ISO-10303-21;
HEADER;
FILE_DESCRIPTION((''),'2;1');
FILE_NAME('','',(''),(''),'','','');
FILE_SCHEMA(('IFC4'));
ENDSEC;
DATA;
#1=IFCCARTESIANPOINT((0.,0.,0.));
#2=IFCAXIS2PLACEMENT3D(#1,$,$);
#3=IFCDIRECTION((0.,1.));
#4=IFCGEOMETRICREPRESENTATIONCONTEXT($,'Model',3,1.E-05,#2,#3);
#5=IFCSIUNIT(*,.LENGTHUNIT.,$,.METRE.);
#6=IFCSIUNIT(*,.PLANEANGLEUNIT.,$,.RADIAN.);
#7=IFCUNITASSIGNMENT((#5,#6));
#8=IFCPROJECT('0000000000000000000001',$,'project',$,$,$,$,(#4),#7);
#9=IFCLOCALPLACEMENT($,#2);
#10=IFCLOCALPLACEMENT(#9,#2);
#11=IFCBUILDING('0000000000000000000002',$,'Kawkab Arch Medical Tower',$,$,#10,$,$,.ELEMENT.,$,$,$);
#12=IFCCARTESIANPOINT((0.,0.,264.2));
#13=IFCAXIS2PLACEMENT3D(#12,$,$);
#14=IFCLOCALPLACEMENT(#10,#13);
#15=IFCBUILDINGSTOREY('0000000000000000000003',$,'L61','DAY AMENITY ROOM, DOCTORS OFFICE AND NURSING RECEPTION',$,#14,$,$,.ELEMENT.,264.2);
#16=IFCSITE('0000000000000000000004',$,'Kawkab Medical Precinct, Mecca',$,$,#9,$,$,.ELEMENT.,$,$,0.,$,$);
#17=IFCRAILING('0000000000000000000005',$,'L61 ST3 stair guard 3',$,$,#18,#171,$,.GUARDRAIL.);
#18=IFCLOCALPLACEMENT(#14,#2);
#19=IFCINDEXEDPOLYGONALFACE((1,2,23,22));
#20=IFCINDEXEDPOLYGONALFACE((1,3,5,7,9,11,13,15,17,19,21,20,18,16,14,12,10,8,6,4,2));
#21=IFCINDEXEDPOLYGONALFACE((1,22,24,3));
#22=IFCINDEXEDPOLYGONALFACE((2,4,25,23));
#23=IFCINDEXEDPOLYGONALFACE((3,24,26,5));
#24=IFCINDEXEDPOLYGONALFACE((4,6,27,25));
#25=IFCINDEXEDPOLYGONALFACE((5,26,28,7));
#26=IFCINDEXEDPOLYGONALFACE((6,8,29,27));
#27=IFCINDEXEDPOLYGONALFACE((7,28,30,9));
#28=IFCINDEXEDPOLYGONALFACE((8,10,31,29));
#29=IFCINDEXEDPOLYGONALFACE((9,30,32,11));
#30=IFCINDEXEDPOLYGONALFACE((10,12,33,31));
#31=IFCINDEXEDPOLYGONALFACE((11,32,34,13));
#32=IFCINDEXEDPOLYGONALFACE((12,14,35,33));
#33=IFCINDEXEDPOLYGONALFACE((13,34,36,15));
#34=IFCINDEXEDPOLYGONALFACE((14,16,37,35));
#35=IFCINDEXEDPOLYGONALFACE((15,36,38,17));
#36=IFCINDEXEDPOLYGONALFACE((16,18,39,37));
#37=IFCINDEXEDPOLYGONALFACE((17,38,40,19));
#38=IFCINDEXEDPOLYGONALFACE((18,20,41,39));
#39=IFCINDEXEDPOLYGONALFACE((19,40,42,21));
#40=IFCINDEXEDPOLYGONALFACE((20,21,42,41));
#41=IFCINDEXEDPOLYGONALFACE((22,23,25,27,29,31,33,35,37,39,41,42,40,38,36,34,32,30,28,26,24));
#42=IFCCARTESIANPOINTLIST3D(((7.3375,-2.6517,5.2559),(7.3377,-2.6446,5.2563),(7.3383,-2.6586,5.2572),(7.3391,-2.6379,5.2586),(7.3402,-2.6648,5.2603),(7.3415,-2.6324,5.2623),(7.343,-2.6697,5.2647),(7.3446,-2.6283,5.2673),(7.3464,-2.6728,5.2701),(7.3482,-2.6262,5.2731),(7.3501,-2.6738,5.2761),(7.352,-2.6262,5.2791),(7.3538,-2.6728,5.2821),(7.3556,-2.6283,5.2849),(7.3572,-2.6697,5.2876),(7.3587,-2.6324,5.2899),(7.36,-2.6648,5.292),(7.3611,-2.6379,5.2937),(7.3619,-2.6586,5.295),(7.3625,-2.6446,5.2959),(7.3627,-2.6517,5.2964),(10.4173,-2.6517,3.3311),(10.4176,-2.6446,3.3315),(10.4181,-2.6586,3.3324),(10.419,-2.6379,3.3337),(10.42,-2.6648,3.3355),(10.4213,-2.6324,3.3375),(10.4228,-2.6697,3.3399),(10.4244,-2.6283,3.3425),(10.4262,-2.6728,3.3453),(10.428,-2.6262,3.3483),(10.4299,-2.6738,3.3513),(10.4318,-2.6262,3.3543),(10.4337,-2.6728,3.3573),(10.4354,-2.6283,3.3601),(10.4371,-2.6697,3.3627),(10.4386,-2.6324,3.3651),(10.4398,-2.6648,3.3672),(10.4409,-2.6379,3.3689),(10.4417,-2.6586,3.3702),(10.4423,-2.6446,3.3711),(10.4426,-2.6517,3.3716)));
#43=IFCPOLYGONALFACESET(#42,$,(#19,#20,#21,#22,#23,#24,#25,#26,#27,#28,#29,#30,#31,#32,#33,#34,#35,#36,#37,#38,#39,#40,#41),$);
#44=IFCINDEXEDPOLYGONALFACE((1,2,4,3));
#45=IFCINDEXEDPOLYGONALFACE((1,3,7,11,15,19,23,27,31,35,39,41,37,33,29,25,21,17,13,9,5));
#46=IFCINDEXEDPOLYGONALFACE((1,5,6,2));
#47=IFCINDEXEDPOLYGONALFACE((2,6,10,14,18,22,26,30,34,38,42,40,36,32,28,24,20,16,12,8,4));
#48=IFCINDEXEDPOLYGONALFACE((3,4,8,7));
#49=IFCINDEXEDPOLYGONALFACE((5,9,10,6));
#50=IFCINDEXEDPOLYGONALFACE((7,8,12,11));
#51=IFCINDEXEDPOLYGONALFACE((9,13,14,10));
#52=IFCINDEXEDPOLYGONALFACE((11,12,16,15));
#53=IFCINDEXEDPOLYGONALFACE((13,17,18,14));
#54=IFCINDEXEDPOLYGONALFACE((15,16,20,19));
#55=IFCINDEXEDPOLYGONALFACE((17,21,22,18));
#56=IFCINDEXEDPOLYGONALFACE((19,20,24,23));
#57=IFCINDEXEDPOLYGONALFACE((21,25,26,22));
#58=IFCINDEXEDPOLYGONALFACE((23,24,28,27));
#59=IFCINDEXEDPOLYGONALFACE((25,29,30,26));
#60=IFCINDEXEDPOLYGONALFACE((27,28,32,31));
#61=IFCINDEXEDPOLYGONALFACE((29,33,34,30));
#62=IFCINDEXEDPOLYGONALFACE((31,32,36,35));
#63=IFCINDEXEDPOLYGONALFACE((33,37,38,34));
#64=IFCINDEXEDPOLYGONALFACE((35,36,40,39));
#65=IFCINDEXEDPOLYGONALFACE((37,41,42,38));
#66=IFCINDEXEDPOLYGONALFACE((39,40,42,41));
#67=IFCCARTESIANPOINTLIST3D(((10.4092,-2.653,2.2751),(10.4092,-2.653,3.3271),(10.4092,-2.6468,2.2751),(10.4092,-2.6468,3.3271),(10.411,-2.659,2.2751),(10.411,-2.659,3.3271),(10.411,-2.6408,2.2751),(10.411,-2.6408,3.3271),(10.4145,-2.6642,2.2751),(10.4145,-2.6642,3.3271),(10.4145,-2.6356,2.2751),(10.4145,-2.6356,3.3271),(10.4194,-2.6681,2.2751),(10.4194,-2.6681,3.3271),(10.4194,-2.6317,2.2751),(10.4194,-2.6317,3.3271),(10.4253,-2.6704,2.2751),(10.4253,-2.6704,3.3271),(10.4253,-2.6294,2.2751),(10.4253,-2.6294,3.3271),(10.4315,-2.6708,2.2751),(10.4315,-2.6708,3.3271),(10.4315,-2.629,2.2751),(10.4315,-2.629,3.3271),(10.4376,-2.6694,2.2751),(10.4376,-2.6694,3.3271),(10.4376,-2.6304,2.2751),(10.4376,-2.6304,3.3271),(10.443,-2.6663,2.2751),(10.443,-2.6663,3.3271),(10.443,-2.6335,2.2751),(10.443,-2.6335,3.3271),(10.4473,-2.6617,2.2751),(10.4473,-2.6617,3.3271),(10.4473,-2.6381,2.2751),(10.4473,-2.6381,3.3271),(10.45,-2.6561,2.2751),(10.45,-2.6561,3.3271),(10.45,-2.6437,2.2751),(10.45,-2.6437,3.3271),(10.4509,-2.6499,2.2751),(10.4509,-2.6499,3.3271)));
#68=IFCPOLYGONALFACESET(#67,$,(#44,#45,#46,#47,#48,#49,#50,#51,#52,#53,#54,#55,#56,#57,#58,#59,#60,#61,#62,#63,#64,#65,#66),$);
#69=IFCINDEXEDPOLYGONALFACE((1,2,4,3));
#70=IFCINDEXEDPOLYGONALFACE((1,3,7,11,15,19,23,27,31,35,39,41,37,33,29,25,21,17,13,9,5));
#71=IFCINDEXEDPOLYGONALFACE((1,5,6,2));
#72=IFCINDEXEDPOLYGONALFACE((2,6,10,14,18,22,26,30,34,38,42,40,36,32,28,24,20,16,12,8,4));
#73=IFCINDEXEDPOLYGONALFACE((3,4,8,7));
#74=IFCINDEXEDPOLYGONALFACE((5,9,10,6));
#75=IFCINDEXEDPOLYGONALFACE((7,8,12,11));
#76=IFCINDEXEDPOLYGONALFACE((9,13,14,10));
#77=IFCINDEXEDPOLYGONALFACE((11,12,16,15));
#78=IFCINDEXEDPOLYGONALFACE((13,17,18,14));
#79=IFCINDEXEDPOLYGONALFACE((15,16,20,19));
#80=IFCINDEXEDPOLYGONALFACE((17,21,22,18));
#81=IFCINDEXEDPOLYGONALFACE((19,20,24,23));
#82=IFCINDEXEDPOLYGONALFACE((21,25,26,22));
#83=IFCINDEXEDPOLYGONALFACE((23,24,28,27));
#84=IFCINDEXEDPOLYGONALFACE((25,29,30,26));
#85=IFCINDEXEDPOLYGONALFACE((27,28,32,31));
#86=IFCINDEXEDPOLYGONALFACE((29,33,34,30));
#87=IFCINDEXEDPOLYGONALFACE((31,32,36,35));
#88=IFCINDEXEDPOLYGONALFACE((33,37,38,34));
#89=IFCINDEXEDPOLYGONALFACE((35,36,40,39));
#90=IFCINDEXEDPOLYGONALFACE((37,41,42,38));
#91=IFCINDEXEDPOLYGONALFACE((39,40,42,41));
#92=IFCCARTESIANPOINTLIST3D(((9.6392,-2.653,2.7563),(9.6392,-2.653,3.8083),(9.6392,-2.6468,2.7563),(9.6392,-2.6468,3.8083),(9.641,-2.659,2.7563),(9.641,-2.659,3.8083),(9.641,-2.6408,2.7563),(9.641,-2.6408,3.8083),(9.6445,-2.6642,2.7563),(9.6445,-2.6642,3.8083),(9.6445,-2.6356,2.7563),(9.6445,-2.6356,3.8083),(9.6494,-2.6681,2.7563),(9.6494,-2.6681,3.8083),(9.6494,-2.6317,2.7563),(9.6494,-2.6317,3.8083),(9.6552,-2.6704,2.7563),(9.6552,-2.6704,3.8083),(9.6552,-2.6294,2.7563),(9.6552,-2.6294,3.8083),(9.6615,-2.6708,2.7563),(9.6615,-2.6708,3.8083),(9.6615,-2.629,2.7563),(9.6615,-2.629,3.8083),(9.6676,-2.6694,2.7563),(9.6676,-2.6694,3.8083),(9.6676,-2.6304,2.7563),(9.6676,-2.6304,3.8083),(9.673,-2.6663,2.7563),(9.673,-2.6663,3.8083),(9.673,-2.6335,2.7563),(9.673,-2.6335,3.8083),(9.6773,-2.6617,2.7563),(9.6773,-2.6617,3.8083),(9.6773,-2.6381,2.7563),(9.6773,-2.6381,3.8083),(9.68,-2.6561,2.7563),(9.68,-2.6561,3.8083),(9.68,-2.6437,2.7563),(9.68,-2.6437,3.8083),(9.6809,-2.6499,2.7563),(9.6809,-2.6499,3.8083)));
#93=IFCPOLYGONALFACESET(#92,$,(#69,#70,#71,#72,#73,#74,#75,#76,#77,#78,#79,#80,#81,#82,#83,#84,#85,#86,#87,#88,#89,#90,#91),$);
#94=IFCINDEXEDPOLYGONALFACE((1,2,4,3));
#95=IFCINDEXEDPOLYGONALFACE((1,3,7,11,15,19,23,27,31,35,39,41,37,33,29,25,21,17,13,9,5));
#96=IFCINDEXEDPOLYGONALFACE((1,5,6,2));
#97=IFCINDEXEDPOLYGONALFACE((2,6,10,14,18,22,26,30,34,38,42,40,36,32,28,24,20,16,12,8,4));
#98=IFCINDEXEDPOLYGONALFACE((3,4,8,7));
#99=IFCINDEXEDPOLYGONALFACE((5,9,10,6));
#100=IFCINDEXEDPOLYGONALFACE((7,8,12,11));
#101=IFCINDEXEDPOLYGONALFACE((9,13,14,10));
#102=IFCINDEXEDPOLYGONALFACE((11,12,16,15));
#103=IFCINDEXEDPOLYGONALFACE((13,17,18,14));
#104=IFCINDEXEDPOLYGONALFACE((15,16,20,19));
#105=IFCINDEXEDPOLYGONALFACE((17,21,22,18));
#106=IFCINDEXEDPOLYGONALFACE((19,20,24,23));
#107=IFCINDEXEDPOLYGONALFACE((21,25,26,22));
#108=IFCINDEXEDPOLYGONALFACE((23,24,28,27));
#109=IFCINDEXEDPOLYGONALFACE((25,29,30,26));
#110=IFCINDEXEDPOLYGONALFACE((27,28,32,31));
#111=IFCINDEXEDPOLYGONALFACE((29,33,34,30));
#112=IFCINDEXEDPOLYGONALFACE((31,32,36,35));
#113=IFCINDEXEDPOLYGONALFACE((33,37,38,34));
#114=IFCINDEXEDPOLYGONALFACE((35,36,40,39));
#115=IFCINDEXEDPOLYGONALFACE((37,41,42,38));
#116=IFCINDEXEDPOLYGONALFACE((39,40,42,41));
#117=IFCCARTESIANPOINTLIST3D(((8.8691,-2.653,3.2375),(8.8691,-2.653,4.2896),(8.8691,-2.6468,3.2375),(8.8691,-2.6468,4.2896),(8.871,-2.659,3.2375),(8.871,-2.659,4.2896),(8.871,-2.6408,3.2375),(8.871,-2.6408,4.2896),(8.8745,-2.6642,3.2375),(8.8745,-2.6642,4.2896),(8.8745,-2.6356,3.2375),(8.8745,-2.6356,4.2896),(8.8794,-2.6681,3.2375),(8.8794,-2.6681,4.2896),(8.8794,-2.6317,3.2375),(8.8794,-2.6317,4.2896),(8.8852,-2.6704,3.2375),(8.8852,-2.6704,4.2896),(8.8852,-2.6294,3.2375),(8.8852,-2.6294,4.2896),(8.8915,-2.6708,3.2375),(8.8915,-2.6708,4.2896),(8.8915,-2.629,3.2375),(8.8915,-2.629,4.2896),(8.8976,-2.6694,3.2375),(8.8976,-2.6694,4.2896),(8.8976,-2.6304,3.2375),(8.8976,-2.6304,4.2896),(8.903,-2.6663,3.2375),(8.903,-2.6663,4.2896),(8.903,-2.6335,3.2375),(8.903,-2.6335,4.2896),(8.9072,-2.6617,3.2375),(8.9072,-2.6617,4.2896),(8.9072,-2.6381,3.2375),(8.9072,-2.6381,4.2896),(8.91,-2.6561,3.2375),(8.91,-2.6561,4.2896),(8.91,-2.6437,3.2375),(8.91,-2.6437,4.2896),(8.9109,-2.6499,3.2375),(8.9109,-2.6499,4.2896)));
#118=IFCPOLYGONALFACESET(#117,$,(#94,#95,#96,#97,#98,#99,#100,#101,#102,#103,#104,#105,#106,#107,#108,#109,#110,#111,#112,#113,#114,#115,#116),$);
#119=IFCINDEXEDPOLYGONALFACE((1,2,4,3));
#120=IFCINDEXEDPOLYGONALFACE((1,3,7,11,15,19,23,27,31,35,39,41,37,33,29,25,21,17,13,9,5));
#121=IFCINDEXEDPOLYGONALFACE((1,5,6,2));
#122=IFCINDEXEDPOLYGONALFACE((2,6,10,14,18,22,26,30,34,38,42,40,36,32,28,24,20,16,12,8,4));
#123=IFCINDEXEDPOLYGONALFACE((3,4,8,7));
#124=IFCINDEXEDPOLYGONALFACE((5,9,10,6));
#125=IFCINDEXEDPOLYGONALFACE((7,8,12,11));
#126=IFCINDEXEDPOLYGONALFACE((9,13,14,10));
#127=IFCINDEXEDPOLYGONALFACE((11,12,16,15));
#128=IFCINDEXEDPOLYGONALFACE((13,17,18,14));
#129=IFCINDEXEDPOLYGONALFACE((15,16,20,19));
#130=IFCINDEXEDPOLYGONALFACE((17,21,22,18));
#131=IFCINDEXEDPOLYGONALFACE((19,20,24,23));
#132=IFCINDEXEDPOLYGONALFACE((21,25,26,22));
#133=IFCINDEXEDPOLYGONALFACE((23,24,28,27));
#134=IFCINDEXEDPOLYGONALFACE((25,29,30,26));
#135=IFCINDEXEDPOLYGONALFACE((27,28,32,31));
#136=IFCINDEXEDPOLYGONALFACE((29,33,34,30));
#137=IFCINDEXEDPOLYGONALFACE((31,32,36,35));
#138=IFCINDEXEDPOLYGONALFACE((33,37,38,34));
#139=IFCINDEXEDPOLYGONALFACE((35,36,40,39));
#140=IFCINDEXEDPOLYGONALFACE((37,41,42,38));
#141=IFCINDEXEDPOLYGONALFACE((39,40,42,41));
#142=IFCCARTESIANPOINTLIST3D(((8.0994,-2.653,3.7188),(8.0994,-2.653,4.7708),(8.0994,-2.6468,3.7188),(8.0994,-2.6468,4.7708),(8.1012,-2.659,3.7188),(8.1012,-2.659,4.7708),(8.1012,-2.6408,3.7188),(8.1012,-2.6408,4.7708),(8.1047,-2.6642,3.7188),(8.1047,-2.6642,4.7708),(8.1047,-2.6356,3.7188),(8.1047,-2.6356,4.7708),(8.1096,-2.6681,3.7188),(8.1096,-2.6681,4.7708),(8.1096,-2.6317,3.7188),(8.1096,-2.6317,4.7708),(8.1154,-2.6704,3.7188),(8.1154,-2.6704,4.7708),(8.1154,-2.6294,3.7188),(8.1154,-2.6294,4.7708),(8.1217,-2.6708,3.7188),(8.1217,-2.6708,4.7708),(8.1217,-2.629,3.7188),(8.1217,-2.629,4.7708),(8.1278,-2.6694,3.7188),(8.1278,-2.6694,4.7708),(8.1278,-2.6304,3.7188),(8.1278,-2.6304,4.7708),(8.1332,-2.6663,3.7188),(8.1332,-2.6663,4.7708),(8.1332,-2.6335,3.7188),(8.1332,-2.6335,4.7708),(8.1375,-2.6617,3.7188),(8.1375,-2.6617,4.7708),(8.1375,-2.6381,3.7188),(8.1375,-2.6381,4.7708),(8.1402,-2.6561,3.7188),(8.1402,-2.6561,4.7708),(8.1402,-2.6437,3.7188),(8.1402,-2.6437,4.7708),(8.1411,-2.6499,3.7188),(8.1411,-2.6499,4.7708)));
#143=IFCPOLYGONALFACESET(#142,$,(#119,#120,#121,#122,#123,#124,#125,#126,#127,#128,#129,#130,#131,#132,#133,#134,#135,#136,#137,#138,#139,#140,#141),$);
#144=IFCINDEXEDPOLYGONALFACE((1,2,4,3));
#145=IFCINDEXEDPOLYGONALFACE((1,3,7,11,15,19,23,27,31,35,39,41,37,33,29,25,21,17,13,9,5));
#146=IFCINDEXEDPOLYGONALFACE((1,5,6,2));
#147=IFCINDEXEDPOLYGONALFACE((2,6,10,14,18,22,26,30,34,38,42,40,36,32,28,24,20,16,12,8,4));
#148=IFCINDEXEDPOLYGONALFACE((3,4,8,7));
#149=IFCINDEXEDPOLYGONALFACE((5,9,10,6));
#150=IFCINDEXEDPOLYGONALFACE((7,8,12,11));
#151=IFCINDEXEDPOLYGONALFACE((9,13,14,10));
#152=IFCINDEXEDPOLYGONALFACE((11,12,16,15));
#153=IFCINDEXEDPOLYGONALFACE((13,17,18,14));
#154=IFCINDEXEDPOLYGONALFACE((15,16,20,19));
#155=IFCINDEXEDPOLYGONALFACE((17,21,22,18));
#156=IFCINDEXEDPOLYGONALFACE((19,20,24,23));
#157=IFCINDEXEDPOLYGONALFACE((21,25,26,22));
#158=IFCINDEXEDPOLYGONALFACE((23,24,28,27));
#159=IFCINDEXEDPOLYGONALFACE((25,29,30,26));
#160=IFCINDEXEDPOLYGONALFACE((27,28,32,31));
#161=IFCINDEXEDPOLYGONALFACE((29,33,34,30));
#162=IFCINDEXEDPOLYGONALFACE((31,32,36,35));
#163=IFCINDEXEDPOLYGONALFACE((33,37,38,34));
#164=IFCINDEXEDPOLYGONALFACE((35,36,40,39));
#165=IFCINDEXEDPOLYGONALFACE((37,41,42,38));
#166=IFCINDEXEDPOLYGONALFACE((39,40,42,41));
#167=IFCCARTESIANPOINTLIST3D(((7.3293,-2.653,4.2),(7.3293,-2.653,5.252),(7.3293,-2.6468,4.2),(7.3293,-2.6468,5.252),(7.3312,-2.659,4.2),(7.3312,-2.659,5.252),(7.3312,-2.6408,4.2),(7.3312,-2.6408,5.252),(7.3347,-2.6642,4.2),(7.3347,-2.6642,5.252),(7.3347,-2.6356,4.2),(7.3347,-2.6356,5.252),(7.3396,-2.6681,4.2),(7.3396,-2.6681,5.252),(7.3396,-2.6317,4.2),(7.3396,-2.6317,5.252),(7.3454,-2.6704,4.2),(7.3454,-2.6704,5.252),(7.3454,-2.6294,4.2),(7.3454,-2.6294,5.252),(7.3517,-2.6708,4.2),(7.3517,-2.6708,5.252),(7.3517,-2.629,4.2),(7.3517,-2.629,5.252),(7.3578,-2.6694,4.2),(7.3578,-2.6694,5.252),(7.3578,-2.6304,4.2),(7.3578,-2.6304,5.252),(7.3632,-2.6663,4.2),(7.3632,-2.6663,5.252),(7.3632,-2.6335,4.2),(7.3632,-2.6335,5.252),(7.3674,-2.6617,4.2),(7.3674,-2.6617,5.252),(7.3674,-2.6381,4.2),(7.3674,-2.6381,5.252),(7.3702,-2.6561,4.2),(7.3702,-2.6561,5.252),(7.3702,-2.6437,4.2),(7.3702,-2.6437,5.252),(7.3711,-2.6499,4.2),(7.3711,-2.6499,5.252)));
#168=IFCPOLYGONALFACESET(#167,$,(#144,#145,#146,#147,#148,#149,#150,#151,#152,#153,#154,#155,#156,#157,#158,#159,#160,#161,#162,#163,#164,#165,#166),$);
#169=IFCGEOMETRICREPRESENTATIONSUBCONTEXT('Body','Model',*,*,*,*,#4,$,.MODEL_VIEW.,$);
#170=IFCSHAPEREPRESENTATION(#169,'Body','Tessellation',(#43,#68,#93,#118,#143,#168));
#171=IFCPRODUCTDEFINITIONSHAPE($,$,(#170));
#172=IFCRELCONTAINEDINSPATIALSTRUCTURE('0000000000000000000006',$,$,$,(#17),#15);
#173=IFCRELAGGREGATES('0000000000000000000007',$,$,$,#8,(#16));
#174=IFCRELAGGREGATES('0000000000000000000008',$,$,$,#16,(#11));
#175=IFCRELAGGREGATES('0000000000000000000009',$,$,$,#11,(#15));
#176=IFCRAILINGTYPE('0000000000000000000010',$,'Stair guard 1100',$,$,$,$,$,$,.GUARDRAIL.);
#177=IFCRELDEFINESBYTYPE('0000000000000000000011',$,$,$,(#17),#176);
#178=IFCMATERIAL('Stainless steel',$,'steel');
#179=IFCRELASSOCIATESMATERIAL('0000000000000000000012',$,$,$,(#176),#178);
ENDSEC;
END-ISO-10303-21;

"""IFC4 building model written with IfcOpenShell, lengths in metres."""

from ifc_helpers import new_model, si_unit, direction, frame, origin, origin_2d, place, context, subcontext, project, spatial, circle, extrude, material, type_object, element, save


model = new_model("IFC4")

# Units and contexts
model_context = context("Model", 3, precision=1e-05, world=origin(), true_north=direction((0.0, 1.0)))
body_context = subcontext(model_context, "Body", "Model", "MODEL_VIEW")
ifc_project = project(units=[si_unit("LENGTHUNIT", "METRE"), si_unit("PLANEANGLEUNIT", "RADIAN")], contexts=[model_context])

# Site, building, storey
site_placement = place(None, origin())
site = spatial("IfcSite", under=ifc_project, at=site_placement, Name="Kawkab Medical Precinct, Mecca", CompositionType="ELEMENT", RefElevation=0.0)
building_placement = place(site_placement, origin())
building = spatial("IfcBuilding", under=site, at=building_placement, Name="Kawkab Arch Medical Tower", CompositionType="ELEMENT")
storey_placement = place(building_placement, frame((0.0, 0.0, 264.2)))
storey = spatial("IfcBuildingStorey", under=building, at=storey_placement, Name="L61", Description="DAY AMENITY ROOM, DOCTORS OFFICE AND NURSING RECEPTION", CompositionType="ELEMENT", Elevation=264.2)

# Railing
ifc_material_1 = material(Name="Stainless steel", Category="steel")
railing_type_1 = type_object("IfcRailingType", Name="Stair guard 1100", PredefinedType="GUARDRAIL", material=ifc_material_1)
railing_1_placement = place(storey_placement, frame((10.4299, -2.6499, 2.2751)))
element("IfcRailing", 1, at=railing_1_placement, inside=storey, type_object=railing_type_1, Name="L61 ST3 stair guard 3", PredefinedType="GUARDRAIL", context=body_context, shape_type="SweptSolid", body=[
    extrude(circle(Radius=0.0239, at=origin_2d()), frame((0.0, 0.0, 1.0762), z_axis=(-0.84801, 0.0, 0.529981), x_axis=(0.0, -1.0, 0.0)), (0.0, 0.0, 1.0), 3.6318),
    extrude(circle(Radius=0.021, at=origin_2d()), origin(), (0.0, 0.0, 1.0), 1.052),
    extrude(circle(Radius=0.021, at=origin_2d()), frame((-0.77, 0.0, 0.4812)), (0.0, 0.0, 1.0), 1.052),
    extrude(circle(Radius=0.021, at=origin_2d()), frame((-1.54, 0.0, 0.9624)), (0.0, 0.0, 1.0), 1.052),
    extrude(circle(Radius=0.021, at=origin_2d()), frame((-2.3098, 0.0, 1.4436)), (0.0, 0.0, 1.0), 1.052),
    extrude(circle(Radius=0.021, at=origin_2d()), frame((-3.0798, 0.0, 1.9248)), (0.0, 0.0, 1.0), 1.052),
])

save(model, "model.ifc")
